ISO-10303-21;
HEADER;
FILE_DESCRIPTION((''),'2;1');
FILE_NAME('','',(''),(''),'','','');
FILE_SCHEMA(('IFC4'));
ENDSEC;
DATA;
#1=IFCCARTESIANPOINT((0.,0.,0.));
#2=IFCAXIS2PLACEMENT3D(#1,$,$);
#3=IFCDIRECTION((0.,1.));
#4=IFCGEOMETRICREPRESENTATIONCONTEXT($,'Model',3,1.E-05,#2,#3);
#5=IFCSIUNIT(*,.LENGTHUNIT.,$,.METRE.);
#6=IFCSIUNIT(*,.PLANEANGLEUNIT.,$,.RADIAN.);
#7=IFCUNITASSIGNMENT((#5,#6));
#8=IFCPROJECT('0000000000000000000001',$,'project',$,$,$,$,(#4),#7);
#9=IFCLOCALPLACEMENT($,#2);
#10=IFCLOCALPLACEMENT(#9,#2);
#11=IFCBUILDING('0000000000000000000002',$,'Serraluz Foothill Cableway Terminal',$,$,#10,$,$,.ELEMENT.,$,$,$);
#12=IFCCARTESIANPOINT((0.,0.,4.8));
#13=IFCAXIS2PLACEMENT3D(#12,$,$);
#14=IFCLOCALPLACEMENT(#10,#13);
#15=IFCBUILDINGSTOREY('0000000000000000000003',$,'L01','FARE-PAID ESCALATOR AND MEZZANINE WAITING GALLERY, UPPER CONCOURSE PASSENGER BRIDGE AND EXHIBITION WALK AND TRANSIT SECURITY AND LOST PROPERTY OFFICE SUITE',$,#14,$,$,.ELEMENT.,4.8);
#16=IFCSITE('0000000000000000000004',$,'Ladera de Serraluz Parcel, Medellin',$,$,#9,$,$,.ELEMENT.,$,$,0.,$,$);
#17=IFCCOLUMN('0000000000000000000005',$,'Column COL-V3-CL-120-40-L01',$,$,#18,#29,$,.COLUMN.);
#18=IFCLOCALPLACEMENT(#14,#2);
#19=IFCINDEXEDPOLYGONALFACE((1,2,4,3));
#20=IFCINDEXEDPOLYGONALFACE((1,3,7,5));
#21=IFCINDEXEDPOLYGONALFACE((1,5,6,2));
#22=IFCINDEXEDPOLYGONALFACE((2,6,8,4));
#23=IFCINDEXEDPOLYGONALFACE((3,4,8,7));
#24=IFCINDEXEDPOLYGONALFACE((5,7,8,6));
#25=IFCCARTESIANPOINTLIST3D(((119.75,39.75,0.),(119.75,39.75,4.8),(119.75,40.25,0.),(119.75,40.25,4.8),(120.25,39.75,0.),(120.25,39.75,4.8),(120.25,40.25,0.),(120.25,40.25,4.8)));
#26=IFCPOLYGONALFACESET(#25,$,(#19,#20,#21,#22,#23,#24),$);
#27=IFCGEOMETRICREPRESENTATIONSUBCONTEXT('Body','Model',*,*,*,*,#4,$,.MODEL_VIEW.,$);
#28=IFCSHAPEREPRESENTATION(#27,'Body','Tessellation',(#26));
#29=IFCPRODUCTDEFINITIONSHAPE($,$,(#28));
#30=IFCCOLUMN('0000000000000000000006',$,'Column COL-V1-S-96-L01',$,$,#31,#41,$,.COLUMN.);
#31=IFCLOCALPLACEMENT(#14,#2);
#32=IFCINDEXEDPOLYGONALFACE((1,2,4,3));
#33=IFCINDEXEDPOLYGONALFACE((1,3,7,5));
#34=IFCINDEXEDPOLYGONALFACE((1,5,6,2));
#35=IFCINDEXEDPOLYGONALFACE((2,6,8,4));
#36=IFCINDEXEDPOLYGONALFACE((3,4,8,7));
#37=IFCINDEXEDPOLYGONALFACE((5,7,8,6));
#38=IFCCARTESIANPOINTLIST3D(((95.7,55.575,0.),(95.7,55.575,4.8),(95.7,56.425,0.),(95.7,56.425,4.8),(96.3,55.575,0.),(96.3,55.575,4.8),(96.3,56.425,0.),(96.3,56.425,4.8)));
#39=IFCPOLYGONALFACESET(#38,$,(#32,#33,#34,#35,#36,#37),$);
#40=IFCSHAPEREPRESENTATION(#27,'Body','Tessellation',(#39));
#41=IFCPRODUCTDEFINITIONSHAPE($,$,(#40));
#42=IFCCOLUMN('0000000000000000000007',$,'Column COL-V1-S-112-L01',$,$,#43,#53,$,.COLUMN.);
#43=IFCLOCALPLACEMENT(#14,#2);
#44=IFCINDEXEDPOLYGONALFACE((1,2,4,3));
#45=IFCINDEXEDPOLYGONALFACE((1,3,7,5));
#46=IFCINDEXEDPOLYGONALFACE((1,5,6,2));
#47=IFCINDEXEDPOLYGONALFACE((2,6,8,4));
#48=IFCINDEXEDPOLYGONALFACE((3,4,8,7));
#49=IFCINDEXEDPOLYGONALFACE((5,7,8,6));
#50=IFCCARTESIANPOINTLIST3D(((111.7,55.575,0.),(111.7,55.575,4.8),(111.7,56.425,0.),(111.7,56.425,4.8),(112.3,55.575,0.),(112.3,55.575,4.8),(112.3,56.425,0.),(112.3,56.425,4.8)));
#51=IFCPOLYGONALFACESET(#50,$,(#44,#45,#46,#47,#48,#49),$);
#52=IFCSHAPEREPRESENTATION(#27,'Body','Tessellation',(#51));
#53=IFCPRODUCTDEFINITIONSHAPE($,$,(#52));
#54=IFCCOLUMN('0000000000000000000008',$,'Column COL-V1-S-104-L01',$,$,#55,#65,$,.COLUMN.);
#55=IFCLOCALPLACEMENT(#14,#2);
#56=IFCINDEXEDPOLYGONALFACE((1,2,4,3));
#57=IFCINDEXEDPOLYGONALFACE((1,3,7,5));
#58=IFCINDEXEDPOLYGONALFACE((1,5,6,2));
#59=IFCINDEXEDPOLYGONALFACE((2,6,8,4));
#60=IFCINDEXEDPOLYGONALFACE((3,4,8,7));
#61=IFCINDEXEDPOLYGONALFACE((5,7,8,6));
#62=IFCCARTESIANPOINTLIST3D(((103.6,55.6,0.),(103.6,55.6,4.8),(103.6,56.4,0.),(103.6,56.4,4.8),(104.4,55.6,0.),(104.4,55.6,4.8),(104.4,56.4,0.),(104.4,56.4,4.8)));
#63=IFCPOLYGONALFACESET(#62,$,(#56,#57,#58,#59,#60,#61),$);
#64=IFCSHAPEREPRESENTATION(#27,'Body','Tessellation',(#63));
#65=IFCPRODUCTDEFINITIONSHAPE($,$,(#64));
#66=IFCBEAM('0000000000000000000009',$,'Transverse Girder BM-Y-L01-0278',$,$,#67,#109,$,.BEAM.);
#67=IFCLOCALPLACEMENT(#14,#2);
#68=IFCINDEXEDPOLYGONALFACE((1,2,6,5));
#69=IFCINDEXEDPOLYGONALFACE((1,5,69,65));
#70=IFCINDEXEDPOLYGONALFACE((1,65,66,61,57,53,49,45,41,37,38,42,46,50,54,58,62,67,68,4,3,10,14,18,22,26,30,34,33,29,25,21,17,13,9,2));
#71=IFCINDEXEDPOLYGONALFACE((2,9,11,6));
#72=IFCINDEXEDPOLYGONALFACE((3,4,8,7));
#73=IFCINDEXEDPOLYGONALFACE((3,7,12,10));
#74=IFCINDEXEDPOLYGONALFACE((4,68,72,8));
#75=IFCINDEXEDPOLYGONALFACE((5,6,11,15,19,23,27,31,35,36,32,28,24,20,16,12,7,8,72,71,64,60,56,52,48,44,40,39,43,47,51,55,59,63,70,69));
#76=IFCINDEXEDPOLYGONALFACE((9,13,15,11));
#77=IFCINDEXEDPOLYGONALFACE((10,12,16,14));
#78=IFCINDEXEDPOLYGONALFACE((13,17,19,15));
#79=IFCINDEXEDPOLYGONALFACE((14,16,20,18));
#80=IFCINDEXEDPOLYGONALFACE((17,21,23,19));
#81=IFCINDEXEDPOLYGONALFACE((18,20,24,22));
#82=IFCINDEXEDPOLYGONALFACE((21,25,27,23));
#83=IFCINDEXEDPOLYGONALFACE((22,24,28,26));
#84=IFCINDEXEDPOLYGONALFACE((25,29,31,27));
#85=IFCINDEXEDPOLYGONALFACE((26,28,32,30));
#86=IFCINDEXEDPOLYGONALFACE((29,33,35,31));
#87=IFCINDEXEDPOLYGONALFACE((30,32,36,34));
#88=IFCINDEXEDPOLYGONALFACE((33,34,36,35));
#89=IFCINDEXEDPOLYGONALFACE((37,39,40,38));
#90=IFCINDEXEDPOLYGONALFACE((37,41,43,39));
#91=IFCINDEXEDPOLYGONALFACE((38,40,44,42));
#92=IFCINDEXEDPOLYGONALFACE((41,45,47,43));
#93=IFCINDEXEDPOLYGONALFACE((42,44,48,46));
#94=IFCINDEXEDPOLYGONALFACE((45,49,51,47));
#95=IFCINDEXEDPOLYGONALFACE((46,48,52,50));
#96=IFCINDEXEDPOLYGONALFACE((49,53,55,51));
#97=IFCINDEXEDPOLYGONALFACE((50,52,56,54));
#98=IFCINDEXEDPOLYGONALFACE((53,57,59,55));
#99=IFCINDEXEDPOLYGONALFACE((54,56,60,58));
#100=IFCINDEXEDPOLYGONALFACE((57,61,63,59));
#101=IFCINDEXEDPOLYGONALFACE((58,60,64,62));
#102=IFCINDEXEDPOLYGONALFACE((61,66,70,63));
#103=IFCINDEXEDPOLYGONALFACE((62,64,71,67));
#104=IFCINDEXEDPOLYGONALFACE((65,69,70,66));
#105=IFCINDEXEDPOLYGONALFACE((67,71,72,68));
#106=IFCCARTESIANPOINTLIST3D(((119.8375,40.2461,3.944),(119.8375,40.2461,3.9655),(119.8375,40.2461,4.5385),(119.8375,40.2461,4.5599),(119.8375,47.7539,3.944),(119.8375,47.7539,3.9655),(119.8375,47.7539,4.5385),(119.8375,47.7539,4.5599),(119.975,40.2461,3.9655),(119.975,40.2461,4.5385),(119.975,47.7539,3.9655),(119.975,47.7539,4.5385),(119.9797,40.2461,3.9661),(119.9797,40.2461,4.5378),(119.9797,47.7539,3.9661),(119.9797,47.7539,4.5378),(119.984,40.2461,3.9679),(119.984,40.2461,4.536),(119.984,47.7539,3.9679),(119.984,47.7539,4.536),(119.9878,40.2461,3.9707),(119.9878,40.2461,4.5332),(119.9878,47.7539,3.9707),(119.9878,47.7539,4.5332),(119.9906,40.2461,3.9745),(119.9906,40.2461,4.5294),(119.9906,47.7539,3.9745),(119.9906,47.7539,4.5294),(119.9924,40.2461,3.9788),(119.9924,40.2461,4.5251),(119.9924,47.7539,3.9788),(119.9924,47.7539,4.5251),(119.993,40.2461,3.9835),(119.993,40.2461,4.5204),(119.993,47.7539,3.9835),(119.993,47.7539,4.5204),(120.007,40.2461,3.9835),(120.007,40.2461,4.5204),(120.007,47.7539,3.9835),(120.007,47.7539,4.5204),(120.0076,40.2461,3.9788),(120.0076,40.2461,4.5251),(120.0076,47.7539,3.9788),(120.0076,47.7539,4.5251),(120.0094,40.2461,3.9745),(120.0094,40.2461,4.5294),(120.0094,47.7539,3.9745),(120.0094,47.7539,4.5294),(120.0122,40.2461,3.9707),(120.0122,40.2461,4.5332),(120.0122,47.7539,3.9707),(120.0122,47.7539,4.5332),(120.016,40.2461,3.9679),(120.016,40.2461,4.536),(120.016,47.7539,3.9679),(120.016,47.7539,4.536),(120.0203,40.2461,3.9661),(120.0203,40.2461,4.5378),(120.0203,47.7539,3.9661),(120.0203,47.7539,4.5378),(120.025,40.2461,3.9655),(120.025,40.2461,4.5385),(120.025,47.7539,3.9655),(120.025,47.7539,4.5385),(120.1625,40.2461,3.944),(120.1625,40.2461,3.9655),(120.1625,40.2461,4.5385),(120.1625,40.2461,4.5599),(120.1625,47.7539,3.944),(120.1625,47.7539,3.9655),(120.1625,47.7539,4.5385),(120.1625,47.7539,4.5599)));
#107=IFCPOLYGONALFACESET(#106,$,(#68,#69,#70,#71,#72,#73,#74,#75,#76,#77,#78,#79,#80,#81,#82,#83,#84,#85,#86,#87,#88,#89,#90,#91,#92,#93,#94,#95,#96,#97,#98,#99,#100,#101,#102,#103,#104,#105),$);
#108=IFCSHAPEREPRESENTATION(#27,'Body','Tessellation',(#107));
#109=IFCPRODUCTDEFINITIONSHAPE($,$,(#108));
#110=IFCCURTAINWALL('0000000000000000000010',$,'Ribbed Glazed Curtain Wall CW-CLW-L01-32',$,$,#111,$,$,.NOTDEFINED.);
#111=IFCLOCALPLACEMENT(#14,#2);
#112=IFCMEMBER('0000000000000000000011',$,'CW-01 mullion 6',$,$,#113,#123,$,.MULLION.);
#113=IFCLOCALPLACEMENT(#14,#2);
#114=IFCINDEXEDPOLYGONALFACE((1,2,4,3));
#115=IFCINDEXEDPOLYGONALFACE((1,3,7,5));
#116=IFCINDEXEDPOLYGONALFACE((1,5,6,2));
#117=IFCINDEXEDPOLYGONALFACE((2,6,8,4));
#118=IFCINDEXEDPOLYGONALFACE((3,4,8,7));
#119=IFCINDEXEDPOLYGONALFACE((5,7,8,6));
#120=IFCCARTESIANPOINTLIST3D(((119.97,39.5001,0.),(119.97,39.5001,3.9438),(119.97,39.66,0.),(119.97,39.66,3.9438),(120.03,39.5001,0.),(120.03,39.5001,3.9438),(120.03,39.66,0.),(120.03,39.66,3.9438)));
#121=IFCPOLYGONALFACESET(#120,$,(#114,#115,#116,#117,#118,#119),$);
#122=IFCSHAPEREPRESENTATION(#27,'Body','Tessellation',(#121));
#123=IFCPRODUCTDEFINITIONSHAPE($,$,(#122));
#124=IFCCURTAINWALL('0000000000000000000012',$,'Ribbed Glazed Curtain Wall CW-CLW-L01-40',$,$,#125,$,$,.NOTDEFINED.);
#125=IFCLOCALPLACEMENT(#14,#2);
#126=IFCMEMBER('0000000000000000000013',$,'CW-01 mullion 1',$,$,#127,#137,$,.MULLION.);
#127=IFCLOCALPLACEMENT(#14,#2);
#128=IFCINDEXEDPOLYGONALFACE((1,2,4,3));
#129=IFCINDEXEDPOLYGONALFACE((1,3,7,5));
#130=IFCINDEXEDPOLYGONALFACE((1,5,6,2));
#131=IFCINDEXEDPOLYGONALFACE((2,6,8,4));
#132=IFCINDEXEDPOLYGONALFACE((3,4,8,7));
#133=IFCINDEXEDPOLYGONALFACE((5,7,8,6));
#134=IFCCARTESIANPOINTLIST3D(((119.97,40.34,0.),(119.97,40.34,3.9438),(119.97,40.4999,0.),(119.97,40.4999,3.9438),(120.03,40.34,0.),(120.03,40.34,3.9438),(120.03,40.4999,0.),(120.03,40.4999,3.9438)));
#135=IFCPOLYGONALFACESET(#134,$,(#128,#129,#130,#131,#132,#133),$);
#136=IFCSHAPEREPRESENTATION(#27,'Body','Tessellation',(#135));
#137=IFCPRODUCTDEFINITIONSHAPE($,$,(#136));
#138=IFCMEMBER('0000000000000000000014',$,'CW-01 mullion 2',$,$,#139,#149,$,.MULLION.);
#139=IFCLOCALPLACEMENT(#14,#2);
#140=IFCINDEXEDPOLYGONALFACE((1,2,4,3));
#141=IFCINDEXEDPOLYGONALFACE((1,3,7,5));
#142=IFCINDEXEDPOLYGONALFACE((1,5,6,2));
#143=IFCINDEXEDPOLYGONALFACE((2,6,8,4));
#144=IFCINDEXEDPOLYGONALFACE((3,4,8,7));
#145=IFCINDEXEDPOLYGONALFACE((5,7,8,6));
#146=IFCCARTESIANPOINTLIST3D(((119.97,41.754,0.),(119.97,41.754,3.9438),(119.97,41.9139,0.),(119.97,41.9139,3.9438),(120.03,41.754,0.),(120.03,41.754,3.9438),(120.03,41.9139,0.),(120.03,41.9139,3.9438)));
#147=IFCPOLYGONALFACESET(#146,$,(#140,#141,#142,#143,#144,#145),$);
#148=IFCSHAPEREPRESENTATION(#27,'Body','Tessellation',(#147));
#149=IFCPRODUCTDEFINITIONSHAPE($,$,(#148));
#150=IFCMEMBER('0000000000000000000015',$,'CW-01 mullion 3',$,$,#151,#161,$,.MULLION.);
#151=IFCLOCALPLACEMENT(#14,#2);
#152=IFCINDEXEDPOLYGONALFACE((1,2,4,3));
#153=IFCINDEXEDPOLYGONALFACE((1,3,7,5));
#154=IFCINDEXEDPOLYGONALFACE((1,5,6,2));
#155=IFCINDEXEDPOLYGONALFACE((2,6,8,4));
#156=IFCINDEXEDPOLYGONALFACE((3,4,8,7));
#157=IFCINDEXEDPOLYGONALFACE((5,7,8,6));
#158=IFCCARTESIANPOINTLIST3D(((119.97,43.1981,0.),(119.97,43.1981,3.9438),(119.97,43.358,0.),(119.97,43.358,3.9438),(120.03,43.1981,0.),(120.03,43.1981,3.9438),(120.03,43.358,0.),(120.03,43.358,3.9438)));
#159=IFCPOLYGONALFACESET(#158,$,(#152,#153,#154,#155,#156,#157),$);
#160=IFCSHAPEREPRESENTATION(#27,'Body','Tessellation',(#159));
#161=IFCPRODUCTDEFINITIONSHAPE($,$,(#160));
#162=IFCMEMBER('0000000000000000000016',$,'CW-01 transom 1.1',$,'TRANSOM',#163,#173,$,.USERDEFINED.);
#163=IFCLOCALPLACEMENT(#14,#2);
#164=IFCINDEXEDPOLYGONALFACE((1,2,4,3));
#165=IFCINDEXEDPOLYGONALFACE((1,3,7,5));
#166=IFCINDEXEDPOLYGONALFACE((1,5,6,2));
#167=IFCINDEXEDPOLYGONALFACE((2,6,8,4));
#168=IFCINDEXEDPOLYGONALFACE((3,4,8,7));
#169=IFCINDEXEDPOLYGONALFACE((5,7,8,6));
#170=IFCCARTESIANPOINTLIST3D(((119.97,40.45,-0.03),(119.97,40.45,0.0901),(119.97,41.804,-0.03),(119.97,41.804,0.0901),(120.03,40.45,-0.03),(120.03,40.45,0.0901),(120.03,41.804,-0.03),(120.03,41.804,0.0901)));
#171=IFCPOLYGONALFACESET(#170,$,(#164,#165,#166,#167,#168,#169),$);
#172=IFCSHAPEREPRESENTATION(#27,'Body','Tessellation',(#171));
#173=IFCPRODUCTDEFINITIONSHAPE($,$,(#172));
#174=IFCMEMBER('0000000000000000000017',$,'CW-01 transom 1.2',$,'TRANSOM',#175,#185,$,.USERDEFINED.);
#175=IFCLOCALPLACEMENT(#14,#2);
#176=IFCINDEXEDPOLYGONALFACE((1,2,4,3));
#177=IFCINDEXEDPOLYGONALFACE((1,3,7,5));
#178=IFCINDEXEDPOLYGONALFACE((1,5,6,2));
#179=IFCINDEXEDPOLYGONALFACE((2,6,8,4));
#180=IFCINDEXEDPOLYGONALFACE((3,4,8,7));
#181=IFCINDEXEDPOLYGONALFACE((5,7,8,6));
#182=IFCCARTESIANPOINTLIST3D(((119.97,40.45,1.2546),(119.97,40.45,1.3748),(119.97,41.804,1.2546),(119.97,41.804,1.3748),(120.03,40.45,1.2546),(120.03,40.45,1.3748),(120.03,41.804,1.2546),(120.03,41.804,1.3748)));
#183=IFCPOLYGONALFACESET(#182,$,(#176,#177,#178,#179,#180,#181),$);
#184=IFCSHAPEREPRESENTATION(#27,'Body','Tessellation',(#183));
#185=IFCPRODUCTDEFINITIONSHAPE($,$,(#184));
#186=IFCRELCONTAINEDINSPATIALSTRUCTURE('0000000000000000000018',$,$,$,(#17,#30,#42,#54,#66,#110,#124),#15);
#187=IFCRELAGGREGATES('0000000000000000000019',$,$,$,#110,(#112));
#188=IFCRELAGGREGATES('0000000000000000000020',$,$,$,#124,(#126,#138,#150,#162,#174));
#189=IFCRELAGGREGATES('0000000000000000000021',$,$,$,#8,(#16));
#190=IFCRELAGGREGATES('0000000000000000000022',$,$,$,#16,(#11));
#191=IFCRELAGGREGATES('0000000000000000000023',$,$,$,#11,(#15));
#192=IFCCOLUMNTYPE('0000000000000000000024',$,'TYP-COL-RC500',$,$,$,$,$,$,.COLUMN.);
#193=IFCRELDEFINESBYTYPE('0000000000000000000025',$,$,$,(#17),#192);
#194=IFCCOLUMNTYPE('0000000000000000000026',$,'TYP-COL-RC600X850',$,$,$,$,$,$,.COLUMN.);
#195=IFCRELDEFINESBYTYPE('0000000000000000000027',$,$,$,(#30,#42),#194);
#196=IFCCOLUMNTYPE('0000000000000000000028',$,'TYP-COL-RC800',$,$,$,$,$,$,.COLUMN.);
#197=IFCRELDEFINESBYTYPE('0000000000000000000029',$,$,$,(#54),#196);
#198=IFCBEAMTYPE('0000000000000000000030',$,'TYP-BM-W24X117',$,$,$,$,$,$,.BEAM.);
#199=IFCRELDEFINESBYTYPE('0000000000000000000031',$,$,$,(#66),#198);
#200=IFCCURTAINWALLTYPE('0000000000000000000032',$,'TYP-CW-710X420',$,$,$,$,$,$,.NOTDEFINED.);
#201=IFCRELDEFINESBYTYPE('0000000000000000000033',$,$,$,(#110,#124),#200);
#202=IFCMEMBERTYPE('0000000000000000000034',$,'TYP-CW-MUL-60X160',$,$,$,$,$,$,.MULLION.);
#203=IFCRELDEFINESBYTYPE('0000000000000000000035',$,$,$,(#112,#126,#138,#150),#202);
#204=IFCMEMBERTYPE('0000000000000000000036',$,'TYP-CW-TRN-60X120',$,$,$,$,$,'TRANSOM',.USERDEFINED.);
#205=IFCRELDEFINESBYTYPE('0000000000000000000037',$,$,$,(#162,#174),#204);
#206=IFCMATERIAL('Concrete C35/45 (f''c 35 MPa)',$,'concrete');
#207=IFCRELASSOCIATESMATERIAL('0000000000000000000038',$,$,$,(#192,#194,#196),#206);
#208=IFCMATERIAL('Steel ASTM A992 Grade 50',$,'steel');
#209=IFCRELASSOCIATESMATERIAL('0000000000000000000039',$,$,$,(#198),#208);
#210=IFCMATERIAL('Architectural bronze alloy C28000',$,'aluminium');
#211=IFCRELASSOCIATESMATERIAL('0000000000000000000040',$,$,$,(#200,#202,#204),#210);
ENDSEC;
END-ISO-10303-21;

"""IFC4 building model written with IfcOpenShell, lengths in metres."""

from ifc_helpers import new_model, si_unit, direction, frame, origin, origin_2d, place, context, subcontext, project, spatial, rectangle, i_section, extrude, material, material_profile, profile_set, type_object, element, aggregate, save


model = new_model("IFC4")

# Units and contexts
model_context = context("Model", 3, precision=1e-05, world=origin(), true_north=direction((0.0, 1.0)))
body_context = subcontext(model_context, "Body", "Model", "MODEL_VIEW")
ifc_project = project(units=[si_unit("LENGTHUNIT", "METRE"), si_unit("PLANEANGLEUNIT", "RADIAN")], contexts=[model_context])

# Site, building, storey
site_placement = place(None, origin())
site = spatial("IfcSite", under=ifc_project, at=site_placement, Name="Ladera de Serraluz Parcel, Medellin", CompositionType="ELEMENT", RefElevation=0.0)
building_placement = place(site_placement, origin())
building = spatial("IfcBuilding", under=site, at=building_placement, Name="Serraluz Foothill Cableway Terminal", CompositionType="ELEMENT")
storey_placement = place(building_placement, frame((0.0, 0.0, 4.8)))
storey = spatial("IfcBuildingStorey", under=building, at=storey_placement, Name="L01", Description="FARE-PAID ESCALATOR AND MEZZANINE WAITING GALLERY, UPPER CONCOURSE PASSENGER BRIDGE AND EXHIBITION WALK AND TRANSIT SECURITY AND LOST PROPERTY OFFICE SUITE", CompositionType="ELEMENT", Elevation=4.8)

# Columns
ifc_material_1 = material(Name="Concrete C35/45 (f'c 35 MPa)", Category="concrete")
ifc_material_profile_1 = material_profile(ifc_material_1, rectangle(XDim=0.5, YDim=0.5, at=origin_2d()), Name="RC 500x500")
ifc_profile_set_1 = profile_set([ifc_material_profile_1], Name="Concrete C35/45 (f'c 35 MPa)")
column_type_1 = type_object("IfcColumnType", Name="TYP-COL-RC500", PredefinedType="COLUMN", material=ifc_profile_set_1)
column_1_placement = place(storey_placement, frame((120.0, 40.0, 0.0), z_axis=(0.0, 0.0, 1.0), x_axis=(1.0, 0.0, 0.0)))
element("IfcColumn", 1, at=column_1_placement, inside=storey, type_object=column_type_1, Name="Column COL-V3-CL-120-40-L01", PredefinedType="COLUMN", context=body_context, shape_type="SweptSolid", body=[
    extrude(rectangle(XDim=0.5, YDim=0.5, at=origin_2d()), origin(), (0.0, 0.0, 1.0), 4.8),
])
ifc_material_profile_2 = material_profile(ifc_material_1, rectangle(XDim=0.6001, YDim=0.8501, at=origin_2d()), Name="RC 600x850")
ifc_profile_set_2 = profile_set([ifc_material_profile_2], Name="Concrete C35/45 (f'c 35 MPa)")
column_type_2 = type_object("IfcColumnType", Name="TYP-COL-RC600X850", PredefinedType="COLUMN", material=ifc_profile_set_2)
for number, where, z_axis, x_axis, name in (
    (2, (96.0, 56.0, 0.0), (0.0, 0.0, 1.0), (1.0, 0.0, 0.0), "Column COL-V1-S-96-L01"),
    (3, (112.0, 56.0, 0.0), (0.0, 0.0, 1.0), (1.0, 0.0, 0.0), "Column COL-V1-S-112-L01"),
):
    element("IfcColumn", number, at=place(storey_placement, frame(where, z_axis=z_axis, x_axis=x_axis)), inside=storey, type_object=column_type_2, Name=name, PredefinedType="COLUMN", context=body_context, shape_type="SweptSolid", body=[
        extrude(rectangle(XDim=0.6001, YDim=0.8501, at=origin_2d()), origin(), (0.0, 0.0, 1.0), 4.8),
    ])
ifc_material_profile_3 = material_profile(ifc_material_1, rectangle(XDim=0.8, YDim=0.8, at=origin_2d()), Name="RC 800x800")
ifc_profile_set_3 = profile_set([ifc_material_profile_3], Name="Concrete C35/45 (f'c 35 MPa)")
column_type_3 = type_object("IfcColumnType", Name="TYP-COL-RC800", PredefinedType="COLUMN", material=ifc_profile_set_3)
column_2_placement = place(storey_placement, frame((104.0, 56.0, 0.0), z_axis=(0.0, 0.0, 1.0), x_axis=(1.0, 0.0, 0.0)))
element("IfcColumn", 4, at=column_2_placement, inside=storey, type_object=column_type_3, Name="Column COL-V1-S-104-L01", PredefinedType="COLUMN", context=body_context, shape_type="SweptSolid", body=[
    extrude(rectangle(XDim=0.8, YDim=0.8, at=origin_2d()), origin(), (0.0, 0.0, 1.0), 4.8),
])

# Beam
ifc_material_2 = material(Name="Steel ASTM A992 Grade 50", Category="steel")
ifc_material_profile_4 = material_profile(ifc_material_2, i_section(OverallWidth=0.325, OverallDepth=0.616, WebThickness=0.0139, FlangeThickness=0.0215, FilletRadius=0.0181, at=origin_2d()), Name="W24X117")
ifc_profile_set_4 = profile_set([ifc_material_profile_4], Name="Steel ASTM A992 Grade 50")
beam_type_1 = type_object("IfcBeamType", Name="TYP-BM-W24X117", PredefinedType="BEAM", material=ifc_profile_set_4)
beam_placement = place(storey_placement, frame((120.0, 40.2461, 4.252), z_axis=(0.0, 1.0, 0.0), x_axis=(-1.0, 0.0, 0.0)))
element("IfcBeam", 5, at=beam_placement, inside=storey, type_object=beam_type_1, Name="Transverse Girder BM-Y-L01-0278", PredefinedType="BEAM", context=body_context, shape_type="SweptSolid", body=[
    extrude(i_section(OverallWidth=0.325, OverallDepth=0.616, WebThickness=0.0139, FlangeThickness=0.0215, FilletRadius=0.0181, at=origin_2d()), origin(), (0.0, 0.0, 1.0), 7.5078),
])

# Curtain wall, member
ifc_material_3 = material(Name="Architectural bronze alloy C28000", Category="aluminium")
curtain_wall_type = type_object("IfcCurtainWallType", Name="TYP-CW-710X420", PredefinedType="NOTDEFINED", material=ifc_material_3)
curtain_wall_1_placement = place(storey_placement, origin())
curtain_wall_1 = element("IfcCurtainWall", 6, at=curtain_wall_1_placement, inside=storey, type_object=curtain_wall_type, Name="Ribbed Glazed Curtain Wall CW-CLW-L01-32", PredefinedType="NOTDEFINED")
ifc_material_profile_5 = material_profile(ifc_material_3, rectangle(XDim=0.0601, YDim=0.1599, at=origin_2d()), Name="ALU MULLION 60x160")
ifc_profile_set_5 = profile_set([ifc_material_profile_5], Name="Architectural bronze alloy C28000")
member_type_1 = type_object("IfcMemberType", Name="TYP-CW-MUL-60X160", PredefinedType="MULLION", material=ifc_profile_set_5)
member_1_placement = place(storey_placement, frame((120.0, 39.5801, 0.0), z_axis=(0.0, 0.0, 1.0), x_axis=(-1.0, 0.0, 0.0)))
member_1 = element("IfcMember", 7, at=member_1_placement, type_object=member_type_1, Name="CW-01 mullion 6", PredefinedType="MULLION", context=body_context, shape_type="SweptSolid", body=[
    extrude(rectangle(XDim=0.0601, YDim=0.1599, at=origin_2d()), origin(), (0.0, 0.0, 1.0), 3.9438),
])
aggregate(curtain_wall_1, [member_1])

# Curtain wall, members
curtain_wall_2_placement = place(storey_placement, origin())
curtain_wall_2 = element("IfcCurtainWall", 8, at=curtain_wall_2_placement, inside=storey, type_object=curtain_wall_type, Name="Ribbed Glazed Curtain Wall CW-CLW-L01-40", PredefinedType="NOTDEFINED")
member_2_placement = place(storey_placement, frame((120.0, 40.4199, 0.0), z_axis=(0.0, 0.0, 1.0), x_axis=(-1.0, 0.0, 0.0)))
member_2 = element("IfcMember", 9, at=member_2_placement, type_object=member_type_1, Name="CW-01 mullion 1", PredefinedType="MULLION", context=body_context, shape_type="SweptSolid", body=[
    extrude(rectangle(XDim=0.0601, YDim=0.1599, at=origin_2d()), origin(), (0.0, 0.0, 1.0), 3.9438),
])
member_3_placement = place(storey_placement, frame((120.0, 41.834, 0.0), z_axis=(0.0, 0.0, 1.0), x_axis=(-1.0, 0.0, 0.0)))
member_3 = element("IfcMember", 10, at=member_3_placement, type_object=member_type_1, Name="CW-01 mullion 2", PredefinedType="MULLION", context=body_context, shape_type="SweptSolid", body=[
    extrude(rectangle(XDim=0.0601, YDim=0.1599, at=origin_2d()), origin(), (0.0, 0.0, 1.0), 3.9438),
])
member_4_placement = place(storey_placement, frame((120.0, 43.2781, 0.0), z_axis=(0.0, 0.0, 1.0), x_axis=(-1.0, 0.0, 0.0)))
member_4 = element("IfcMember", 11, at=member_4_placement, type_object=member_type_1, Name="CW-01 mullion 3", PredefinedType="MULLION", context=body_context, shape_type="SweptSolid", body=[
    extrude(rectangle(XDim=0.0601, YDim=0.1599, at=origin_2d()), origin(), (0.0, 0.0, 1.0), 3.9438),
])
ifc_material_profile_6 = material_profile(ifc_material_3, rectangle(XDim=0.0601, YDim=0.1201, at=origin_2d()), Name="ALU TRANSOM 60x120")
ifc_profile_set_6 = profile_set([ifc_material_profile_6], Name="Architectural bronze alloy C28000")
member_type_2 = type_object("IfcMemberType", Name="TYP-CW-TRN-60X120", ElementType="TRANSOM", PredefinedType="USERDEFINED", material=ifc_profile_set_6)
member_5_placement = place(storey_placement, frame((120.0, 40.45, 0.03), z_axis=(0.0, 1.0, 0.0), x_axis=(-1.0, 0.0, 0.0)))
member_5 = element("IfcMember", 12, at=member_5_placement, type_object=member_type_2, Name="CW-01 transom 1.1", ObjectType="TRANSOM", PredefinedType="USERDEFINED", context=body_context, shape_type="SweptSolid", body=[
    extrude(rectangle(XDim=0.0601, YDim=0.1201, at=origin_2d()), origin(), (0.0, 0.0, 1.0), 1.354),
])
member_6_placement = place(storey_placement, frame((120.0, 40.45, 1.3147), z_axis=(0.0, 1.0, 0.0), x_axis=(-1.0, 0.0, 0.0)))
member_6 = element("IfcMember", 13, at=member_6_placement, type_object=member_type_2, Name="CW-01 transom 1.2", ObjectType="TRANSOM", PredefinedType="USERDEFINED", context=body_context, shape_type="SweptSolid", body=[
    extrude(rectangle(XDim=0.0601, YDim=0.1201, at=origin_2d()), origin(), (0.0, 0.0, 1.0), 1.354),
])

aggregate(curtain_wall_2, [member_2, member_3, member_4, member_5, member_6])

save(model, "model.ifc")
